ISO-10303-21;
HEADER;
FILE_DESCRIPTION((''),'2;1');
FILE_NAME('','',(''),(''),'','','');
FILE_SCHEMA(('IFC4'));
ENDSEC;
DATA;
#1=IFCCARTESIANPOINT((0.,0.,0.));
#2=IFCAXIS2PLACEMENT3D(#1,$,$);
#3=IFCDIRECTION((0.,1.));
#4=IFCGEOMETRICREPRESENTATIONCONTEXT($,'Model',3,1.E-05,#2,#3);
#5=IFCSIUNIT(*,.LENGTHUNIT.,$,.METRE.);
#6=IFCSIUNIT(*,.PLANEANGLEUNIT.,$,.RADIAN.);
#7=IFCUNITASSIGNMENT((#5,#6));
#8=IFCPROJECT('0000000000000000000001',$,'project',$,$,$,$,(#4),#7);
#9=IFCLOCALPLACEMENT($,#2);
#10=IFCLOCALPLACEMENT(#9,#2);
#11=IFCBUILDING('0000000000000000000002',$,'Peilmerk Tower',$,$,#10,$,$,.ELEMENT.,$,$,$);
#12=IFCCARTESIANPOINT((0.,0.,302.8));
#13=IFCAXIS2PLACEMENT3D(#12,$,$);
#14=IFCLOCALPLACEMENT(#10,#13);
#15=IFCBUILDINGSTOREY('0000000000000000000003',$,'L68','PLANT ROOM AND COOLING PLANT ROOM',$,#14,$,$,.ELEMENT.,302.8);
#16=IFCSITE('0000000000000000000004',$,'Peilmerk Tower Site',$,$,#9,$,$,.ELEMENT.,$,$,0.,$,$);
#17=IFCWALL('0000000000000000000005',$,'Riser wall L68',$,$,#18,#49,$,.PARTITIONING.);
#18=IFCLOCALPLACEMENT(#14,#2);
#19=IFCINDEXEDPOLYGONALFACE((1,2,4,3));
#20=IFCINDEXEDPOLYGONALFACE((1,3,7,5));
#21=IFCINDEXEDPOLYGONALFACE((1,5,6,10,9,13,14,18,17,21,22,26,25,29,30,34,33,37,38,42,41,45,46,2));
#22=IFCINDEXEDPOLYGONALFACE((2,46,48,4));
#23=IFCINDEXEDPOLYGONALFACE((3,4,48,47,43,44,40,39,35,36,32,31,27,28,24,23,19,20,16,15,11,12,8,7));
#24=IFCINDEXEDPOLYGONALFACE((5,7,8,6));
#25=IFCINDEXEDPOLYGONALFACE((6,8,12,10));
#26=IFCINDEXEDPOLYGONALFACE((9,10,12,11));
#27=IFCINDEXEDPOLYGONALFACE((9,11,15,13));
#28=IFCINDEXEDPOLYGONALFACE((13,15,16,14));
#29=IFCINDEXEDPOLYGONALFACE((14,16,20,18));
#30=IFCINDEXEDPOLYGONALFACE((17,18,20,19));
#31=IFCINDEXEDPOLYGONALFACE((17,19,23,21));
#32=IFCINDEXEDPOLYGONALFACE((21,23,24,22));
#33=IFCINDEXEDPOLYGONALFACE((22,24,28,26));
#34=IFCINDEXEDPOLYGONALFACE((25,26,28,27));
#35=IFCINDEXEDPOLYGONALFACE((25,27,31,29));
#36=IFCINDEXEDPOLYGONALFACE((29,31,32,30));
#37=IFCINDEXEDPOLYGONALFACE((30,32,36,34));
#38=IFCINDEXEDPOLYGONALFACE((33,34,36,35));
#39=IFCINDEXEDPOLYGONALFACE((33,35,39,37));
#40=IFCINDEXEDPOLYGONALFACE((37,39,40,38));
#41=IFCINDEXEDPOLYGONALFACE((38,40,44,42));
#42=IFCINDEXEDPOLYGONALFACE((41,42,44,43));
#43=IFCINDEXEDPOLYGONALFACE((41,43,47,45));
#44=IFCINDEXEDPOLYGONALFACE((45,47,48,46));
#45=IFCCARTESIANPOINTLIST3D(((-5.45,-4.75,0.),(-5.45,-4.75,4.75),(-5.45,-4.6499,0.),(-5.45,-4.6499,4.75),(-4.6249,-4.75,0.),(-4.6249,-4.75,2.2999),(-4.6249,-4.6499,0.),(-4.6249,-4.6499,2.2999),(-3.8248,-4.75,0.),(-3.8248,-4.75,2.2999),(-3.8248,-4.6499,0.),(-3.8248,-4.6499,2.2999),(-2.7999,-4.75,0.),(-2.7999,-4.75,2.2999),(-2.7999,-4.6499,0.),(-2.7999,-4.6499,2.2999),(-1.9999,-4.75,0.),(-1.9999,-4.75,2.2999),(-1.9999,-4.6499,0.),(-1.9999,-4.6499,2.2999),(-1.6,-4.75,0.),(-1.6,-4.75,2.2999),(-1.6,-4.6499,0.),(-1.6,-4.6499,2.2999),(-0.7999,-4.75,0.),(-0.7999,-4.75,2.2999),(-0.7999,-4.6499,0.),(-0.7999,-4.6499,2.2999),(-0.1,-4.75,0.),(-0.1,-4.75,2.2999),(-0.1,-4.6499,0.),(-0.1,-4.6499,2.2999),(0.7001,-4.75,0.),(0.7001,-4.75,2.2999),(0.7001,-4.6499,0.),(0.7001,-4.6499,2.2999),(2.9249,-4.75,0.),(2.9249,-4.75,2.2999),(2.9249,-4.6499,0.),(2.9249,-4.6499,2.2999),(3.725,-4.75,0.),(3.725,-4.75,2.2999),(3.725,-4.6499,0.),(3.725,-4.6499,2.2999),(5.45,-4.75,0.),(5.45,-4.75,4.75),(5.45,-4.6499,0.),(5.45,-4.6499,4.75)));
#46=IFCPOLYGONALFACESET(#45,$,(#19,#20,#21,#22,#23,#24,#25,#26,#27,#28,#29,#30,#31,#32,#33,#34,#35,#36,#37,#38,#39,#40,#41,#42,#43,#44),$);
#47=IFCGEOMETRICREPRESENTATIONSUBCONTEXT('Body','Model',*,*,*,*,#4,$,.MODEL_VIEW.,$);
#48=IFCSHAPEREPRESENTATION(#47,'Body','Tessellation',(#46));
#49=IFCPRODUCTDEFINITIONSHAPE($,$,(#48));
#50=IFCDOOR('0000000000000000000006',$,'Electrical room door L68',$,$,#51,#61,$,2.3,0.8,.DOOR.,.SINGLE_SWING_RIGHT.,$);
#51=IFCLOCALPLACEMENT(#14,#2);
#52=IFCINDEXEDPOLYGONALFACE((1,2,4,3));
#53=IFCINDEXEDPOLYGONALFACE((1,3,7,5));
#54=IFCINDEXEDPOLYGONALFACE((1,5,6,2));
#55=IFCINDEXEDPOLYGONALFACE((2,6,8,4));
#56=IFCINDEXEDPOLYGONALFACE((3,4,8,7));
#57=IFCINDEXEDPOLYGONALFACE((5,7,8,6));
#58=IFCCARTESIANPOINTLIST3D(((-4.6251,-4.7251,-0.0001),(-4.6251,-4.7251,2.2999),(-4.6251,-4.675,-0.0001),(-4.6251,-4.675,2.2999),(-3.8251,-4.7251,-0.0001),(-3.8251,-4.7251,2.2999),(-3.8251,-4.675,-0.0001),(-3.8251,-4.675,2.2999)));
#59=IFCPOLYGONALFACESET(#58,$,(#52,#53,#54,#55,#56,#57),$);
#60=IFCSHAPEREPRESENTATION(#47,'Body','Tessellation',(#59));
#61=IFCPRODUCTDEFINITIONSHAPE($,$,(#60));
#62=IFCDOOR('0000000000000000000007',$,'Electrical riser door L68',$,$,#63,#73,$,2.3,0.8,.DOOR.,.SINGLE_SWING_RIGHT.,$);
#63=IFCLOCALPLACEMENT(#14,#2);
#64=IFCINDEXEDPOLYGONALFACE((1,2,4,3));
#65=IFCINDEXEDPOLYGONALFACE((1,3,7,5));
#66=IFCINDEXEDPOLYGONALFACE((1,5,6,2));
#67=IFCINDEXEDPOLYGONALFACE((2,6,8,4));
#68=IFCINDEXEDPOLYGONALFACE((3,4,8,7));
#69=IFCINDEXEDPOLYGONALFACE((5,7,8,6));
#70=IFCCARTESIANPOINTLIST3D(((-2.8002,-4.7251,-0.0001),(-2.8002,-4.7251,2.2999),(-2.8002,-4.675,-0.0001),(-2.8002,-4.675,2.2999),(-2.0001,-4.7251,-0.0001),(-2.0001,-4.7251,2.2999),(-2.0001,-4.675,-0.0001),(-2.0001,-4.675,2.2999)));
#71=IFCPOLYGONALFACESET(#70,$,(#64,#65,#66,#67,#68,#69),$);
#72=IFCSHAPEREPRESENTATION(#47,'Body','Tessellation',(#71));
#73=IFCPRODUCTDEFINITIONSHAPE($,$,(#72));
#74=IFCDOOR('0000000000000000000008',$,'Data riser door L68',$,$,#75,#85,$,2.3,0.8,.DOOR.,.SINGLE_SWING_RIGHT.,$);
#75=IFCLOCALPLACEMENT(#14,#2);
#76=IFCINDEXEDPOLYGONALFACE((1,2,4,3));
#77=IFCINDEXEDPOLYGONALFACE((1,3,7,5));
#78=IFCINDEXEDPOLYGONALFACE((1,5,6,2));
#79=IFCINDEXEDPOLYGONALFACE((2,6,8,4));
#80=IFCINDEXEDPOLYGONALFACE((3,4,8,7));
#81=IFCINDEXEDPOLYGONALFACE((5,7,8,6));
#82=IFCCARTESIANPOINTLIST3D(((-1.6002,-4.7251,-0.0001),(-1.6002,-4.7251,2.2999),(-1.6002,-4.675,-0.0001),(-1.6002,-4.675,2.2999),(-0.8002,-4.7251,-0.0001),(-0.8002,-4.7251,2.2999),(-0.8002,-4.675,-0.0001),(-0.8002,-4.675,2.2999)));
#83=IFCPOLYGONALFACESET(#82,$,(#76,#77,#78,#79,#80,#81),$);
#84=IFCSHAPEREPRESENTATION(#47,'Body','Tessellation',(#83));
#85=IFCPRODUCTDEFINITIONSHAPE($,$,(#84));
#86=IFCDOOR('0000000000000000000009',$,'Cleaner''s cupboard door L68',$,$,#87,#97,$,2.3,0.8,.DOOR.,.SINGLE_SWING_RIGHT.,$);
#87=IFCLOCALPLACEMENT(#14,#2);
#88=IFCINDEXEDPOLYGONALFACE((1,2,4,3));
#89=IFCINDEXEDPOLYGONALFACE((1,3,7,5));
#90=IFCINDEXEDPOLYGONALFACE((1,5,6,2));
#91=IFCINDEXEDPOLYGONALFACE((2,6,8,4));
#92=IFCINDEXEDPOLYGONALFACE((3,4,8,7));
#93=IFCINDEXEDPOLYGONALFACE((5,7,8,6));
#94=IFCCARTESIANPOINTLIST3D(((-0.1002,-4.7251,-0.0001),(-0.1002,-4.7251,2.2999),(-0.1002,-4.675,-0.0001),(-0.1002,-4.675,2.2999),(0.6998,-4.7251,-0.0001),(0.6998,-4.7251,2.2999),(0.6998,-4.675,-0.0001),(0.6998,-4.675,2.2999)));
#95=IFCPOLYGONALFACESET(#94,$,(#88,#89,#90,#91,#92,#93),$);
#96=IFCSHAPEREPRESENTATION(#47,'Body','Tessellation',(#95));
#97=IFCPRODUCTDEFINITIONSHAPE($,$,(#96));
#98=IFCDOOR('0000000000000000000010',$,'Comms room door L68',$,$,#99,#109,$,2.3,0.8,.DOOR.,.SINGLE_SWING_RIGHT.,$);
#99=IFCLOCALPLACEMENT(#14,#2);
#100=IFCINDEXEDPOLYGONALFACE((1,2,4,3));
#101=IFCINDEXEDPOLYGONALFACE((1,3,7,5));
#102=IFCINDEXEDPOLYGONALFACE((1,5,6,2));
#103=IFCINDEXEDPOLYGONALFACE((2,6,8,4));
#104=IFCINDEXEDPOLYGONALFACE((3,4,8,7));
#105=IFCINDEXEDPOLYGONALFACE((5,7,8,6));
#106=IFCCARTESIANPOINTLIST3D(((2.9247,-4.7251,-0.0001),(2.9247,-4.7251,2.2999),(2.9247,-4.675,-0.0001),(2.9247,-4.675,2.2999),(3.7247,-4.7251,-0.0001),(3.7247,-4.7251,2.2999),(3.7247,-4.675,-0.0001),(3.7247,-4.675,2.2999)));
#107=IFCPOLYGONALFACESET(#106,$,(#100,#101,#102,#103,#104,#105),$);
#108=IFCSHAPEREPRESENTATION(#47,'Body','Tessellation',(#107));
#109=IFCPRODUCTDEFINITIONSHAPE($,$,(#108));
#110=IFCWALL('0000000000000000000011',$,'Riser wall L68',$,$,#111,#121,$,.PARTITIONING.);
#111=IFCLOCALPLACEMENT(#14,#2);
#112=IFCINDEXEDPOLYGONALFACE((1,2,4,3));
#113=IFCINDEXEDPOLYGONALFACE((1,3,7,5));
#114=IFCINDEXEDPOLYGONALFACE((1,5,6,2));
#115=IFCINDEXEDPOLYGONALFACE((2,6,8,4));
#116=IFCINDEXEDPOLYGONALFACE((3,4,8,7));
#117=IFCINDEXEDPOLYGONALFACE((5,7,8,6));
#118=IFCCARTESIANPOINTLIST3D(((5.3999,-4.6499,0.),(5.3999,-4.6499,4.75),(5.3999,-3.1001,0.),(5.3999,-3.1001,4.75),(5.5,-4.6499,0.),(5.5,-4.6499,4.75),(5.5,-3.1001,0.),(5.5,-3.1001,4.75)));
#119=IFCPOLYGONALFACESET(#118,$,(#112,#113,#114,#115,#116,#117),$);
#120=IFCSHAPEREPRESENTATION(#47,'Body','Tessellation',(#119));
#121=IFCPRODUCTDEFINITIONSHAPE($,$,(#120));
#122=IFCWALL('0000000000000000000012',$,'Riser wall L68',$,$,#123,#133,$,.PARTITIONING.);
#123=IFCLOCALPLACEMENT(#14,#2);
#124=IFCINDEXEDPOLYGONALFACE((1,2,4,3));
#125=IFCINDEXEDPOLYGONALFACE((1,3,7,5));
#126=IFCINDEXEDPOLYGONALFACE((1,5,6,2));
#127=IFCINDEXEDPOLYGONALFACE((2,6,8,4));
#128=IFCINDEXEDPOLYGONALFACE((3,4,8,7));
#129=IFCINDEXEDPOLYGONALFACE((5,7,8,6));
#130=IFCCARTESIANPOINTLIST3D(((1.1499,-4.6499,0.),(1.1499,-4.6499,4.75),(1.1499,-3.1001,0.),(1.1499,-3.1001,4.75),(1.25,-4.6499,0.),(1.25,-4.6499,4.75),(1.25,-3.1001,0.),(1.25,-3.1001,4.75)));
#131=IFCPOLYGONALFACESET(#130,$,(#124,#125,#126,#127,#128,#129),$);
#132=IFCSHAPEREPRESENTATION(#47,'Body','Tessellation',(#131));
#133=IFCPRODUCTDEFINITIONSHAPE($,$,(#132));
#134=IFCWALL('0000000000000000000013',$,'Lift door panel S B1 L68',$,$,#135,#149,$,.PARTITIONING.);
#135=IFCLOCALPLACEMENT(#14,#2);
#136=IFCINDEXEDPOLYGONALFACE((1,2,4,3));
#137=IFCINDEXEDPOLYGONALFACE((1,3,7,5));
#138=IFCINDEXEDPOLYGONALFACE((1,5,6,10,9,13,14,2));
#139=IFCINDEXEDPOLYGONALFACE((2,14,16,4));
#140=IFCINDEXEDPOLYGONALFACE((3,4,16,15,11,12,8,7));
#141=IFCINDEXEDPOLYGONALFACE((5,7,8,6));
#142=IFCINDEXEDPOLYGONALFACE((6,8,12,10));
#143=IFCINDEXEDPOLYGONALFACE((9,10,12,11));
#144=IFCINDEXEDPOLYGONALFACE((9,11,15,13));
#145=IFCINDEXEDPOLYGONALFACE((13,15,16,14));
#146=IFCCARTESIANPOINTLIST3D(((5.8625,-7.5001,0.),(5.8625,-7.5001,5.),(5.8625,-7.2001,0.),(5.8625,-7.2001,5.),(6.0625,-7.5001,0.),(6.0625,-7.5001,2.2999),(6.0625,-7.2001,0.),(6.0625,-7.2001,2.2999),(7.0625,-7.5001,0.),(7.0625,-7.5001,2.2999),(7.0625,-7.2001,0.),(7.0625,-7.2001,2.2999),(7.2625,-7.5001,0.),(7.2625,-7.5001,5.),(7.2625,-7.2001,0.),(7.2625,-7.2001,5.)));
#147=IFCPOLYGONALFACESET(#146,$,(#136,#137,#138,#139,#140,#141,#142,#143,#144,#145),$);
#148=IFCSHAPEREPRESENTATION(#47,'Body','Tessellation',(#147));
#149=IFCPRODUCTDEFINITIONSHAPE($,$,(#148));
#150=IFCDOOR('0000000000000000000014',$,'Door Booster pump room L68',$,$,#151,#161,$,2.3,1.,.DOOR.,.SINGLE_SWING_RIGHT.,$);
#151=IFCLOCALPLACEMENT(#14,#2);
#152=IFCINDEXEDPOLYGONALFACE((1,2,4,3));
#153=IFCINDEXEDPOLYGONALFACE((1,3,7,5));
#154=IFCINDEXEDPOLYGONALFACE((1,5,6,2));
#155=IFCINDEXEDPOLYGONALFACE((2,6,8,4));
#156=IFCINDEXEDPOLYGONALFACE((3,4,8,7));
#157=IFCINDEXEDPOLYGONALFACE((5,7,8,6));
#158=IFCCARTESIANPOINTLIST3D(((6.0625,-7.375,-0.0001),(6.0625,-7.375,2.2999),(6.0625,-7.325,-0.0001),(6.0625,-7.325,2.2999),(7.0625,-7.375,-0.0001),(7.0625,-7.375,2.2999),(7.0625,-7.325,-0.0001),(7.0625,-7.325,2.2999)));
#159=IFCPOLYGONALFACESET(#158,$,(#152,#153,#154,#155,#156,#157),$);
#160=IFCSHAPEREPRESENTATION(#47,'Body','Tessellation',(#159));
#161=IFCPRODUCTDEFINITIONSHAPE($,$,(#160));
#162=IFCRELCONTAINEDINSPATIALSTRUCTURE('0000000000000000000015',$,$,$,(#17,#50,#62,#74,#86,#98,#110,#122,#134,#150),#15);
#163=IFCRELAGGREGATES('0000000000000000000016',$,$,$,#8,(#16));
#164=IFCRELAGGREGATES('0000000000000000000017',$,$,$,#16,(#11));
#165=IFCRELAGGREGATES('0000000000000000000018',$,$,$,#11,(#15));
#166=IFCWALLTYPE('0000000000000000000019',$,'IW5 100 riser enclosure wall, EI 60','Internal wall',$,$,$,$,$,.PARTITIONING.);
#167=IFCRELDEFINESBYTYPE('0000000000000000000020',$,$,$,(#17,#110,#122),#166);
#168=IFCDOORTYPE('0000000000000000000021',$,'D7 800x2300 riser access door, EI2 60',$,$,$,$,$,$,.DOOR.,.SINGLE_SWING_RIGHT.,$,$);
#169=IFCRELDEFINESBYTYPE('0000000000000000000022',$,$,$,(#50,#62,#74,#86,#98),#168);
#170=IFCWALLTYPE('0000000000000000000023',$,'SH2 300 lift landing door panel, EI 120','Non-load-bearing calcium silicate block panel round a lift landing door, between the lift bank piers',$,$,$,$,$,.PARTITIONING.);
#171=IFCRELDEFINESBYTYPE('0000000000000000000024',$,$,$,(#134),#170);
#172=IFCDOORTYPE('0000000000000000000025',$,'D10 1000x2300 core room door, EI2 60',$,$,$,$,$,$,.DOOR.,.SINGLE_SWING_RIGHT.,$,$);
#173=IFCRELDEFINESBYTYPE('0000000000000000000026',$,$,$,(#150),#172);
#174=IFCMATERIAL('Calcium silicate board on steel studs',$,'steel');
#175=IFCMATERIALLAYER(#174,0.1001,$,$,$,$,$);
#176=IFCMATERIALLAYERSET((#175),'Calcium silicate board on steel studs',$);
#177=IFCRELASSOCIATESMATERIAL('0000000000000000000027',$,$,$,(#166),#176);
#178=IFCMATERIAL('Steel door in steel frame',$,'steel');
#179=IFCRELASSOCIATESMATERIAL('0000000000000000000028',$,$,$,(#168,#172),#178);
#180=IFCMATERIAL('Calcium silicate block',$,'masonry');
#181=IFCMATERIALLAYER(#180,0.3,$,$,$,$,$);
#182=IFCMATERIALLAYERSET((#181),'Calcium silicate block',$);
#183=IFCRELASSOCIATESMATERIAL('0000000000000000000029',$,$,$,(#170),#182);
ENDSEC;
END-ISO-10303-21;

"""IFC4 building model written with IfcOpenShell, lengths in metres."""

from ifc_helpers import new_model, si_unit, direction, frame, frame_2d, origin, place, context, subcontext, project, spatial, rectangle, extrude, material, layer, layer_set, type_object, element, fill, save


model = new_model("IFC4")

# Units and contexts
model_context = context("Model", 3, precision=1e-05, world=origin(), true_north=direction((0.0, 1.0)))
body_context = subcontext(model_context, "Body", "Model", "MODEL_VIEW")
ifc_project = project(units=[si_unit("LENGTHUNIT", "METRE"), si_unit("PLANEANGLEUNIT", "RADIAN")], contexts=[model_context])

# Site, building, storey
site_placement = place(None, origin())
site = spatial("IfcSite", under=ifc_project, at=site_placement, Name="Peilmerk Tower Site", CompositionType="ELEMENT", RefElevation=0.0)
building_placement = place(site_placement, origin())
building = spatial("IfcBuilding", under=site, at=building_placement, Name="Peilmerk Tower", CompositionType="ELEMENT")
storey_placement = place(building_placement, frame((0.0, 0.0, 302.8)))
storey = spatial("IfcBuildingStorey", under=building, at=storey_placement, Name="L68", Description="PLANT ROOM AND COOLING PLANT ROOM", CompositionType="ELEMENT", Elevation=302.8)

# Shared definitions
ifc_material_1 = material(Name="Steel door in steel frame", Category="steel")

# Shared definitions
ifc_material_2 = material(Name="Calcium silicate board on steel studs", Category="steel")
ifc_layer_1 = layer(ifc_material_2, 0.1001)
ifc_layer_set_1 = layer_set([ifc_layer_1], Name="Calcium silicate board on steel studs")
wall_type_1 = type_object("IfcWallType", Name="IW5 100 riser enclosure wall, EI 60", Description="Internal wall", PredefinedType="PARTITIONING", material=ifc_layer_set_1)

# Wall, openings, doors
wall_1_placement = place(storey_placement, frame((5.45, -4.7, 0.0), z_axis=(0.0, 0.0, 1.0), x_axis=(-1.0, 0.0, 0.0)))
wall_1 = element("IfcWall", 1, at=wall_1_placement, inside=storey, type_object=wall_type_1, Name="Riser wall L68", PredefinedType="PARTITIONING", context=body_context, shape_type="SweptSolid", body=[
    extrude(rectangle(XDim=10.8999, YDim=0.1001, at=frame_2d((5.45, 0.0))), origin(), (0.0, 0.0, 1.0), 4.75),
])
opening_1_placement = place(wall_1_placement, frame((9.2749, 0.0, 0.0)))
opening_1 = element("IfcOpeningElement", 2, at=opening_1_placement, cuts=wall_1, PredefinedType="OPENING", context=body_context, shape_type="SweptSolid", body=[
    extrude(rectangle(XDim=0.8, YDim=2.3, at=frame_2d((0.3999, 1.1499))), frame((0.0, 0.0601, 0.0), z_axis=(0.0, -1.0, 0.0), x_axis=(1.0, 0.0, 0.0)), (0.0, 0.0, 1.0), 0.1201),
])
opening_2_placement = place(wall_1_placement, frame((7.45, 0.0, 0.0)))
opening_2 = element("IfcOpeningElement", 3, at=opening_2_placement, cuts=wall_1, PredefinedType="OPENING", context=body_context, shape_type="SweptSolid", body=[
    extrude(rectangle(XDim=0.8, YDim=2.3, at=frame_2d((0.3999, 1.1499))), frame((0.0, 0.0601, 0.0), z_axis=(0.0, -1.0, 0.0), x_axis=(1.0, 0.0, 0.0)), (0.0, 0.0, 1.0), 0.1201),
])
opening_3_placement = place(wall_1_placement, frame((6.25, 0.0, 0.0)))
opening_3 = element("IfcOpeningElement", 4, at=opening_3_placement, cuts=wall_1, PredefinedType="OPENING", context=body_context, shape_type="SweptSolid", body=[
    extrude(rectangle(XDim=0.8, YDim=2.3, at=frame_2d((0.3999, 1.1499))), frame((0.0, 0.0601, 0.0), z_axis=(0.0, -1.0, 0.0), x_axis=(1.0, 0.0, 0.0)), (0.0, 0.0, 1.0), 0.1201),
])
opening_4_placement = place(wall_1_placement, frame((4.75, 0.0, 0.0)))
opening_4 = element("IfcOpeningElement", 5, at=opening_4_placement, cuts=wall_1, PredefinedType="OPENING", context=body_context, shape_type="SweptSolid", body=[
    extrude(rectangle(XDim=0.8, YDim=2.3, at=frame_2d((0.3999, 1.1499))), frame((0.0, 0.0601, 0.0), z_axis=(0.0, -1.0, 0.0), x_axis=(1.0, 0.0, 0.0)), (0.0, 0.0, 1.0), 0.1201),
])
opening_5_placement = place(wall_1_placement, frame((1.7251, 0.0, 0.0)))
opening_5 = element("IfcOpeningElement", 6, at=opening_5_placement, cuts=wall_1, PredefinedType="OPENING", context=body_context, shape_type="SweptSolid", body=[
    extrude(rectangle(XDim=0.8, YDim=2.3, at=frame_2d((0.3999, 1.1499))), frame((0.0, 0.0601, 0.0), z_axis=(0.0, -1.0, 0.0), x_axis=(1.0, 0.0, 0.0)), (0.0, 0.0, 1.0), 0.1201),
])
door_type_1 = type_object("IfcDoorType", Name="D7 800x2300 riser access door, EI2 60", OperationType="SINGLE_SWING_RIGHT", PredefinedType="DOOR", material=ifc_material_1)
door_1_placement = place(opening_1_placement, frame((0.8, 0.0, 0.0), z_axis=(0.0, 0.0, 1.0), x_axis=(-1.0, 0.0, 0.0)))
door_1 = element("IfcDoor", 7, at=door_1_placement, inside=storey, type_object=door_type_1, Name="Electrical room door L68", OperationType="SINGLE_SWING_RIGHT", OverallHeight=2.3, OverallWidth=0.8, PredefinedType="DOOR", context=body_context, shape_type="SweptSolid", body=[
    extrude(rectangle(XDim=0.8, YDim=2.3, at=frame_2d((0.3999, 1.1499))), frame((0.0, 0.0249, 0.0), z_axis=(0.0, -1.0, 0.0), x_axis=(1.0, 0.0, 0.0)), (0.0, 0.0, 1.0), 0.05),
])
fill(opening_1, door_1)
door_2_placement = place(opening_2_placement, frame((0.8, 0.0, 0.0), z_axis=(0.0, 0.0, 1.0), x_axis=(-1.0, 0.0, 0.0)))
door_2 = element("IfcDoor", 8, at=door_2_placement, inside=storey, type_object=door_type_1, Name="Electrical riser door L68", OperationType="SINGLE_SWING_RIGHT", OverallHeight=2.3, OverallWidth=0.8, PredefinedType="DOOR", context=body_context, shape_type="SweptSolid", body=[
    extrude(rectangle(XDim=0.8, YDim=2.3, at=frame_2d((0.3999, 1.1499))), frame((0.0, 0.0249, 0.0), z_axis=(0.0, -1.0, 0.0), x_axis=(1.0, 0.0, 0.0)), (0.0, 0.0, 1.0), 0.05),
])
fill(opening_2, door_2)
door_3_placement = place(opening_3_placement, frame((0.8, 0.0, 0.0), z_axis=(0.0, 0.0, 1.0), x_axis=(-1.0, 0.0, 0.0)))
door_3 = element("IfcDoor", 9, at=door_3_placement, inside=storey, type_object=door_type_1, Name="Data riser door L68", OperationType="SINGLE_SWING_RIGHT", OverallHeight=2.3, OverallWidth=0.8, PredefinedType="DOOR", context=body_context, shape_type="SweptSolid", body=[
    extrude(rectangle(XDim=0.8, YDim=2.3, at=frame_2d((0.3999, 1.1499))), frame((0.0, 0.0249, 0.0), z_axis=(0.0, -1.0, 0.0), x_axis=(1.0, 0.0, 0.0)), (0.0, 0.0, 1.0), 0.05),
])
fill(opening_3, door_3)
door_4_placement = place(opening_4_placement, frame((0.8, 0.0, 0.0), z_axis=(0.0, 0.0, 1.0), x_axis=(-1.0, 0.0, 0.0)))
door_4 = element("IfcDoor", 10, at=door_4_placement, inside=storey, type_object=door_type_1, Name="Cleaner's cupboard door L68", OperationType="SINGLE_SWING_RIGHT", OverallHeight=2.3, OverallWidth=0.8, PredefinedType="DOOR", context=body_context, shape_type="SweptSolid", body=[
    extrude(rectangle(XDim=0.8, YDim=2.3, at=frame_2d((0.3999, 1.1499))), frame((0.0, 0.0249, 0.0), z_axis=(0.0, -1.0, 0.0), x_axis=(1.0, 0.0, 0.0)), (0.0, 0.0, 1.0), 0.05),
])
fill(opening_4, door_4)
door_5_placement = place(opening_5_placement, frame((0.8, 0.0, 0.0), z_axis=(0.0, 0.0, 1.0), x_axis=(-1.0, 0.0, 0.0)))
door_5 = element("IfcDoor", 11, at=door_5_placement, inside=storey, type_object=door_type_1, Name="Comms room door L68", OperationType="SINGLE_SWING_RIGHT", OverallHeight=2.3, OverallWidth=0.8, PredefinedType="DOOR", context=body_context, shape_type="SweptSolid", body=[
    extrude(rectangle(XDim=0.8, YDim=2.3, at=frame_2d((0.3999, 1.1499))), frame((0.0, 0.0249, 0.0), z_axis=(0.0, -1.0, 0.0), x_axis=(1.0, 0.0, 0.0)), (0.0, 0.0, 1.0), 0.05),
])
fill(opening_5, door_5)

# Walls
for number, where, z_axis, x_axis, name in (
    (12, (5.45, -3.1001, 0.0), (0.0, 0.0, 1.0), (0.0, -1.0, 0.0), "Riser wall L68"),
    (13, (1.2, -3.1001, 0.0), (0.0, 0.0, 1.0), (0.0, -1.0, 0.0), "Riser wall L68"),
):
    element("IfcWall", number, at=place(storey_placement, frame(where, z_axis=z_axis, x_axis=x_axis)), inside=storey, type_object=wall_type_1, Name=name, PredefinedType="PARTITIONING", context=body_context, shape_type="SweptSolid", body=[
        extrude(rectangle(XDim=1.5498, YDim=0.1001, at=frame_2d((0.7749, 0.0))), origin(), (0.0, 0.0, 1.0), 4.75),
    ])

# Wall, opening, door
ifc_material_3 = material(Name="Calcium silicate block", Category="masonry")
ifc_layer_2 = layer(ifc_material_3, 0.3)
ifc_layer_set_2 = layer_set([ifc_layer_2], Name="Calcium silicate block")
wall_type_2 = type_object("IfcWallType", Name="SH2 300 lift landing door panel, EI 120", Description="Non-load-bearing calcium silicate block panel round a lift landing door, between the lift bank piers", PredefinedType="PARTITIONING", material=ifc_layer_set_2)
wall_2_placement = place(storey_placement, frame((5.8625, -7.3501, 0.0), z_axis=(0.0, 0.0, 1.0), x_axis=(1.0, 0.0, 0.0)))
wall_2 = element("IfcWall", 14, at=wall_2_placement, inside=storey, type_object=wall_type_2, Name="Lift door panel S B1 L68", PredefinedType="PARTITIONING", context=body_context, shape_type="SweptSolid", body=[
    extrude(rectangle(XDim=1.3999, YDim=0.3, at=frame_2d((0.7, 0.0))), origin(), (0.0, 0.0, 1.0), 5.0),
])
opening_6_placement = place(wall_2_placement, frame((0.2, 0.0, 0.0)))
opening_6 = element("IfcOpeningElement", 15, at=opening_6_placement, cuts=wall_2, PredefinedType="OPENING", context=body_context, shape_type="SweptSolid", body=[
    extrude(rectangle(XDim=1.0, YDim=2.3, at=frame_2d((0.5, 1.1499))), frame((0.0, 0.1599, 0.0), z_axis=(0.0, -1.0, 0.0), x_axis=(1.0, 0.0, 0.0)), (0.0, 0.0, 1.0), 0.3201),
])
door_type_2 = type_object("IfcDoorType", Name="D10 1000x2300 core room door, EI2 60", OperationType="SINGLE_SWING_RIGHT", PredefinedType="DOOR", material=ifc_material_1)
door_6_placement = place(opening_6_placement, frame((1.0, 0.0, 0.0), z_axis=(0.0, 0.0, 1.0), x_axis=(-1.0, 0.0, 0.0)))
door_6 = element("IfcDoor", 16, at=door_6_placement, inside=storey, type_object=door_type_2, Name="Door Booster pump room L68", OperationType="SINGLE_SWING_RIGHT", OverallHeight=2.3, OverallWidth=1.0, PredefinedType="DOOR", context=body_context, shape_type="SweptSolid", body=[
    extrude(rectangle(XDim=1.0, YDim=2.3, at=frame_2d((0.5, 1.1499))), frame((0.0, 0.0249, 0.0), z_axis=(0.0, -1.0, 0.0), x_axis=(1.0, 0.0, 0.0)), (0.0, 0.0, 1.0), 0.05),
])
fill(opening_6, door_6)

save(model, "model.ifc")
